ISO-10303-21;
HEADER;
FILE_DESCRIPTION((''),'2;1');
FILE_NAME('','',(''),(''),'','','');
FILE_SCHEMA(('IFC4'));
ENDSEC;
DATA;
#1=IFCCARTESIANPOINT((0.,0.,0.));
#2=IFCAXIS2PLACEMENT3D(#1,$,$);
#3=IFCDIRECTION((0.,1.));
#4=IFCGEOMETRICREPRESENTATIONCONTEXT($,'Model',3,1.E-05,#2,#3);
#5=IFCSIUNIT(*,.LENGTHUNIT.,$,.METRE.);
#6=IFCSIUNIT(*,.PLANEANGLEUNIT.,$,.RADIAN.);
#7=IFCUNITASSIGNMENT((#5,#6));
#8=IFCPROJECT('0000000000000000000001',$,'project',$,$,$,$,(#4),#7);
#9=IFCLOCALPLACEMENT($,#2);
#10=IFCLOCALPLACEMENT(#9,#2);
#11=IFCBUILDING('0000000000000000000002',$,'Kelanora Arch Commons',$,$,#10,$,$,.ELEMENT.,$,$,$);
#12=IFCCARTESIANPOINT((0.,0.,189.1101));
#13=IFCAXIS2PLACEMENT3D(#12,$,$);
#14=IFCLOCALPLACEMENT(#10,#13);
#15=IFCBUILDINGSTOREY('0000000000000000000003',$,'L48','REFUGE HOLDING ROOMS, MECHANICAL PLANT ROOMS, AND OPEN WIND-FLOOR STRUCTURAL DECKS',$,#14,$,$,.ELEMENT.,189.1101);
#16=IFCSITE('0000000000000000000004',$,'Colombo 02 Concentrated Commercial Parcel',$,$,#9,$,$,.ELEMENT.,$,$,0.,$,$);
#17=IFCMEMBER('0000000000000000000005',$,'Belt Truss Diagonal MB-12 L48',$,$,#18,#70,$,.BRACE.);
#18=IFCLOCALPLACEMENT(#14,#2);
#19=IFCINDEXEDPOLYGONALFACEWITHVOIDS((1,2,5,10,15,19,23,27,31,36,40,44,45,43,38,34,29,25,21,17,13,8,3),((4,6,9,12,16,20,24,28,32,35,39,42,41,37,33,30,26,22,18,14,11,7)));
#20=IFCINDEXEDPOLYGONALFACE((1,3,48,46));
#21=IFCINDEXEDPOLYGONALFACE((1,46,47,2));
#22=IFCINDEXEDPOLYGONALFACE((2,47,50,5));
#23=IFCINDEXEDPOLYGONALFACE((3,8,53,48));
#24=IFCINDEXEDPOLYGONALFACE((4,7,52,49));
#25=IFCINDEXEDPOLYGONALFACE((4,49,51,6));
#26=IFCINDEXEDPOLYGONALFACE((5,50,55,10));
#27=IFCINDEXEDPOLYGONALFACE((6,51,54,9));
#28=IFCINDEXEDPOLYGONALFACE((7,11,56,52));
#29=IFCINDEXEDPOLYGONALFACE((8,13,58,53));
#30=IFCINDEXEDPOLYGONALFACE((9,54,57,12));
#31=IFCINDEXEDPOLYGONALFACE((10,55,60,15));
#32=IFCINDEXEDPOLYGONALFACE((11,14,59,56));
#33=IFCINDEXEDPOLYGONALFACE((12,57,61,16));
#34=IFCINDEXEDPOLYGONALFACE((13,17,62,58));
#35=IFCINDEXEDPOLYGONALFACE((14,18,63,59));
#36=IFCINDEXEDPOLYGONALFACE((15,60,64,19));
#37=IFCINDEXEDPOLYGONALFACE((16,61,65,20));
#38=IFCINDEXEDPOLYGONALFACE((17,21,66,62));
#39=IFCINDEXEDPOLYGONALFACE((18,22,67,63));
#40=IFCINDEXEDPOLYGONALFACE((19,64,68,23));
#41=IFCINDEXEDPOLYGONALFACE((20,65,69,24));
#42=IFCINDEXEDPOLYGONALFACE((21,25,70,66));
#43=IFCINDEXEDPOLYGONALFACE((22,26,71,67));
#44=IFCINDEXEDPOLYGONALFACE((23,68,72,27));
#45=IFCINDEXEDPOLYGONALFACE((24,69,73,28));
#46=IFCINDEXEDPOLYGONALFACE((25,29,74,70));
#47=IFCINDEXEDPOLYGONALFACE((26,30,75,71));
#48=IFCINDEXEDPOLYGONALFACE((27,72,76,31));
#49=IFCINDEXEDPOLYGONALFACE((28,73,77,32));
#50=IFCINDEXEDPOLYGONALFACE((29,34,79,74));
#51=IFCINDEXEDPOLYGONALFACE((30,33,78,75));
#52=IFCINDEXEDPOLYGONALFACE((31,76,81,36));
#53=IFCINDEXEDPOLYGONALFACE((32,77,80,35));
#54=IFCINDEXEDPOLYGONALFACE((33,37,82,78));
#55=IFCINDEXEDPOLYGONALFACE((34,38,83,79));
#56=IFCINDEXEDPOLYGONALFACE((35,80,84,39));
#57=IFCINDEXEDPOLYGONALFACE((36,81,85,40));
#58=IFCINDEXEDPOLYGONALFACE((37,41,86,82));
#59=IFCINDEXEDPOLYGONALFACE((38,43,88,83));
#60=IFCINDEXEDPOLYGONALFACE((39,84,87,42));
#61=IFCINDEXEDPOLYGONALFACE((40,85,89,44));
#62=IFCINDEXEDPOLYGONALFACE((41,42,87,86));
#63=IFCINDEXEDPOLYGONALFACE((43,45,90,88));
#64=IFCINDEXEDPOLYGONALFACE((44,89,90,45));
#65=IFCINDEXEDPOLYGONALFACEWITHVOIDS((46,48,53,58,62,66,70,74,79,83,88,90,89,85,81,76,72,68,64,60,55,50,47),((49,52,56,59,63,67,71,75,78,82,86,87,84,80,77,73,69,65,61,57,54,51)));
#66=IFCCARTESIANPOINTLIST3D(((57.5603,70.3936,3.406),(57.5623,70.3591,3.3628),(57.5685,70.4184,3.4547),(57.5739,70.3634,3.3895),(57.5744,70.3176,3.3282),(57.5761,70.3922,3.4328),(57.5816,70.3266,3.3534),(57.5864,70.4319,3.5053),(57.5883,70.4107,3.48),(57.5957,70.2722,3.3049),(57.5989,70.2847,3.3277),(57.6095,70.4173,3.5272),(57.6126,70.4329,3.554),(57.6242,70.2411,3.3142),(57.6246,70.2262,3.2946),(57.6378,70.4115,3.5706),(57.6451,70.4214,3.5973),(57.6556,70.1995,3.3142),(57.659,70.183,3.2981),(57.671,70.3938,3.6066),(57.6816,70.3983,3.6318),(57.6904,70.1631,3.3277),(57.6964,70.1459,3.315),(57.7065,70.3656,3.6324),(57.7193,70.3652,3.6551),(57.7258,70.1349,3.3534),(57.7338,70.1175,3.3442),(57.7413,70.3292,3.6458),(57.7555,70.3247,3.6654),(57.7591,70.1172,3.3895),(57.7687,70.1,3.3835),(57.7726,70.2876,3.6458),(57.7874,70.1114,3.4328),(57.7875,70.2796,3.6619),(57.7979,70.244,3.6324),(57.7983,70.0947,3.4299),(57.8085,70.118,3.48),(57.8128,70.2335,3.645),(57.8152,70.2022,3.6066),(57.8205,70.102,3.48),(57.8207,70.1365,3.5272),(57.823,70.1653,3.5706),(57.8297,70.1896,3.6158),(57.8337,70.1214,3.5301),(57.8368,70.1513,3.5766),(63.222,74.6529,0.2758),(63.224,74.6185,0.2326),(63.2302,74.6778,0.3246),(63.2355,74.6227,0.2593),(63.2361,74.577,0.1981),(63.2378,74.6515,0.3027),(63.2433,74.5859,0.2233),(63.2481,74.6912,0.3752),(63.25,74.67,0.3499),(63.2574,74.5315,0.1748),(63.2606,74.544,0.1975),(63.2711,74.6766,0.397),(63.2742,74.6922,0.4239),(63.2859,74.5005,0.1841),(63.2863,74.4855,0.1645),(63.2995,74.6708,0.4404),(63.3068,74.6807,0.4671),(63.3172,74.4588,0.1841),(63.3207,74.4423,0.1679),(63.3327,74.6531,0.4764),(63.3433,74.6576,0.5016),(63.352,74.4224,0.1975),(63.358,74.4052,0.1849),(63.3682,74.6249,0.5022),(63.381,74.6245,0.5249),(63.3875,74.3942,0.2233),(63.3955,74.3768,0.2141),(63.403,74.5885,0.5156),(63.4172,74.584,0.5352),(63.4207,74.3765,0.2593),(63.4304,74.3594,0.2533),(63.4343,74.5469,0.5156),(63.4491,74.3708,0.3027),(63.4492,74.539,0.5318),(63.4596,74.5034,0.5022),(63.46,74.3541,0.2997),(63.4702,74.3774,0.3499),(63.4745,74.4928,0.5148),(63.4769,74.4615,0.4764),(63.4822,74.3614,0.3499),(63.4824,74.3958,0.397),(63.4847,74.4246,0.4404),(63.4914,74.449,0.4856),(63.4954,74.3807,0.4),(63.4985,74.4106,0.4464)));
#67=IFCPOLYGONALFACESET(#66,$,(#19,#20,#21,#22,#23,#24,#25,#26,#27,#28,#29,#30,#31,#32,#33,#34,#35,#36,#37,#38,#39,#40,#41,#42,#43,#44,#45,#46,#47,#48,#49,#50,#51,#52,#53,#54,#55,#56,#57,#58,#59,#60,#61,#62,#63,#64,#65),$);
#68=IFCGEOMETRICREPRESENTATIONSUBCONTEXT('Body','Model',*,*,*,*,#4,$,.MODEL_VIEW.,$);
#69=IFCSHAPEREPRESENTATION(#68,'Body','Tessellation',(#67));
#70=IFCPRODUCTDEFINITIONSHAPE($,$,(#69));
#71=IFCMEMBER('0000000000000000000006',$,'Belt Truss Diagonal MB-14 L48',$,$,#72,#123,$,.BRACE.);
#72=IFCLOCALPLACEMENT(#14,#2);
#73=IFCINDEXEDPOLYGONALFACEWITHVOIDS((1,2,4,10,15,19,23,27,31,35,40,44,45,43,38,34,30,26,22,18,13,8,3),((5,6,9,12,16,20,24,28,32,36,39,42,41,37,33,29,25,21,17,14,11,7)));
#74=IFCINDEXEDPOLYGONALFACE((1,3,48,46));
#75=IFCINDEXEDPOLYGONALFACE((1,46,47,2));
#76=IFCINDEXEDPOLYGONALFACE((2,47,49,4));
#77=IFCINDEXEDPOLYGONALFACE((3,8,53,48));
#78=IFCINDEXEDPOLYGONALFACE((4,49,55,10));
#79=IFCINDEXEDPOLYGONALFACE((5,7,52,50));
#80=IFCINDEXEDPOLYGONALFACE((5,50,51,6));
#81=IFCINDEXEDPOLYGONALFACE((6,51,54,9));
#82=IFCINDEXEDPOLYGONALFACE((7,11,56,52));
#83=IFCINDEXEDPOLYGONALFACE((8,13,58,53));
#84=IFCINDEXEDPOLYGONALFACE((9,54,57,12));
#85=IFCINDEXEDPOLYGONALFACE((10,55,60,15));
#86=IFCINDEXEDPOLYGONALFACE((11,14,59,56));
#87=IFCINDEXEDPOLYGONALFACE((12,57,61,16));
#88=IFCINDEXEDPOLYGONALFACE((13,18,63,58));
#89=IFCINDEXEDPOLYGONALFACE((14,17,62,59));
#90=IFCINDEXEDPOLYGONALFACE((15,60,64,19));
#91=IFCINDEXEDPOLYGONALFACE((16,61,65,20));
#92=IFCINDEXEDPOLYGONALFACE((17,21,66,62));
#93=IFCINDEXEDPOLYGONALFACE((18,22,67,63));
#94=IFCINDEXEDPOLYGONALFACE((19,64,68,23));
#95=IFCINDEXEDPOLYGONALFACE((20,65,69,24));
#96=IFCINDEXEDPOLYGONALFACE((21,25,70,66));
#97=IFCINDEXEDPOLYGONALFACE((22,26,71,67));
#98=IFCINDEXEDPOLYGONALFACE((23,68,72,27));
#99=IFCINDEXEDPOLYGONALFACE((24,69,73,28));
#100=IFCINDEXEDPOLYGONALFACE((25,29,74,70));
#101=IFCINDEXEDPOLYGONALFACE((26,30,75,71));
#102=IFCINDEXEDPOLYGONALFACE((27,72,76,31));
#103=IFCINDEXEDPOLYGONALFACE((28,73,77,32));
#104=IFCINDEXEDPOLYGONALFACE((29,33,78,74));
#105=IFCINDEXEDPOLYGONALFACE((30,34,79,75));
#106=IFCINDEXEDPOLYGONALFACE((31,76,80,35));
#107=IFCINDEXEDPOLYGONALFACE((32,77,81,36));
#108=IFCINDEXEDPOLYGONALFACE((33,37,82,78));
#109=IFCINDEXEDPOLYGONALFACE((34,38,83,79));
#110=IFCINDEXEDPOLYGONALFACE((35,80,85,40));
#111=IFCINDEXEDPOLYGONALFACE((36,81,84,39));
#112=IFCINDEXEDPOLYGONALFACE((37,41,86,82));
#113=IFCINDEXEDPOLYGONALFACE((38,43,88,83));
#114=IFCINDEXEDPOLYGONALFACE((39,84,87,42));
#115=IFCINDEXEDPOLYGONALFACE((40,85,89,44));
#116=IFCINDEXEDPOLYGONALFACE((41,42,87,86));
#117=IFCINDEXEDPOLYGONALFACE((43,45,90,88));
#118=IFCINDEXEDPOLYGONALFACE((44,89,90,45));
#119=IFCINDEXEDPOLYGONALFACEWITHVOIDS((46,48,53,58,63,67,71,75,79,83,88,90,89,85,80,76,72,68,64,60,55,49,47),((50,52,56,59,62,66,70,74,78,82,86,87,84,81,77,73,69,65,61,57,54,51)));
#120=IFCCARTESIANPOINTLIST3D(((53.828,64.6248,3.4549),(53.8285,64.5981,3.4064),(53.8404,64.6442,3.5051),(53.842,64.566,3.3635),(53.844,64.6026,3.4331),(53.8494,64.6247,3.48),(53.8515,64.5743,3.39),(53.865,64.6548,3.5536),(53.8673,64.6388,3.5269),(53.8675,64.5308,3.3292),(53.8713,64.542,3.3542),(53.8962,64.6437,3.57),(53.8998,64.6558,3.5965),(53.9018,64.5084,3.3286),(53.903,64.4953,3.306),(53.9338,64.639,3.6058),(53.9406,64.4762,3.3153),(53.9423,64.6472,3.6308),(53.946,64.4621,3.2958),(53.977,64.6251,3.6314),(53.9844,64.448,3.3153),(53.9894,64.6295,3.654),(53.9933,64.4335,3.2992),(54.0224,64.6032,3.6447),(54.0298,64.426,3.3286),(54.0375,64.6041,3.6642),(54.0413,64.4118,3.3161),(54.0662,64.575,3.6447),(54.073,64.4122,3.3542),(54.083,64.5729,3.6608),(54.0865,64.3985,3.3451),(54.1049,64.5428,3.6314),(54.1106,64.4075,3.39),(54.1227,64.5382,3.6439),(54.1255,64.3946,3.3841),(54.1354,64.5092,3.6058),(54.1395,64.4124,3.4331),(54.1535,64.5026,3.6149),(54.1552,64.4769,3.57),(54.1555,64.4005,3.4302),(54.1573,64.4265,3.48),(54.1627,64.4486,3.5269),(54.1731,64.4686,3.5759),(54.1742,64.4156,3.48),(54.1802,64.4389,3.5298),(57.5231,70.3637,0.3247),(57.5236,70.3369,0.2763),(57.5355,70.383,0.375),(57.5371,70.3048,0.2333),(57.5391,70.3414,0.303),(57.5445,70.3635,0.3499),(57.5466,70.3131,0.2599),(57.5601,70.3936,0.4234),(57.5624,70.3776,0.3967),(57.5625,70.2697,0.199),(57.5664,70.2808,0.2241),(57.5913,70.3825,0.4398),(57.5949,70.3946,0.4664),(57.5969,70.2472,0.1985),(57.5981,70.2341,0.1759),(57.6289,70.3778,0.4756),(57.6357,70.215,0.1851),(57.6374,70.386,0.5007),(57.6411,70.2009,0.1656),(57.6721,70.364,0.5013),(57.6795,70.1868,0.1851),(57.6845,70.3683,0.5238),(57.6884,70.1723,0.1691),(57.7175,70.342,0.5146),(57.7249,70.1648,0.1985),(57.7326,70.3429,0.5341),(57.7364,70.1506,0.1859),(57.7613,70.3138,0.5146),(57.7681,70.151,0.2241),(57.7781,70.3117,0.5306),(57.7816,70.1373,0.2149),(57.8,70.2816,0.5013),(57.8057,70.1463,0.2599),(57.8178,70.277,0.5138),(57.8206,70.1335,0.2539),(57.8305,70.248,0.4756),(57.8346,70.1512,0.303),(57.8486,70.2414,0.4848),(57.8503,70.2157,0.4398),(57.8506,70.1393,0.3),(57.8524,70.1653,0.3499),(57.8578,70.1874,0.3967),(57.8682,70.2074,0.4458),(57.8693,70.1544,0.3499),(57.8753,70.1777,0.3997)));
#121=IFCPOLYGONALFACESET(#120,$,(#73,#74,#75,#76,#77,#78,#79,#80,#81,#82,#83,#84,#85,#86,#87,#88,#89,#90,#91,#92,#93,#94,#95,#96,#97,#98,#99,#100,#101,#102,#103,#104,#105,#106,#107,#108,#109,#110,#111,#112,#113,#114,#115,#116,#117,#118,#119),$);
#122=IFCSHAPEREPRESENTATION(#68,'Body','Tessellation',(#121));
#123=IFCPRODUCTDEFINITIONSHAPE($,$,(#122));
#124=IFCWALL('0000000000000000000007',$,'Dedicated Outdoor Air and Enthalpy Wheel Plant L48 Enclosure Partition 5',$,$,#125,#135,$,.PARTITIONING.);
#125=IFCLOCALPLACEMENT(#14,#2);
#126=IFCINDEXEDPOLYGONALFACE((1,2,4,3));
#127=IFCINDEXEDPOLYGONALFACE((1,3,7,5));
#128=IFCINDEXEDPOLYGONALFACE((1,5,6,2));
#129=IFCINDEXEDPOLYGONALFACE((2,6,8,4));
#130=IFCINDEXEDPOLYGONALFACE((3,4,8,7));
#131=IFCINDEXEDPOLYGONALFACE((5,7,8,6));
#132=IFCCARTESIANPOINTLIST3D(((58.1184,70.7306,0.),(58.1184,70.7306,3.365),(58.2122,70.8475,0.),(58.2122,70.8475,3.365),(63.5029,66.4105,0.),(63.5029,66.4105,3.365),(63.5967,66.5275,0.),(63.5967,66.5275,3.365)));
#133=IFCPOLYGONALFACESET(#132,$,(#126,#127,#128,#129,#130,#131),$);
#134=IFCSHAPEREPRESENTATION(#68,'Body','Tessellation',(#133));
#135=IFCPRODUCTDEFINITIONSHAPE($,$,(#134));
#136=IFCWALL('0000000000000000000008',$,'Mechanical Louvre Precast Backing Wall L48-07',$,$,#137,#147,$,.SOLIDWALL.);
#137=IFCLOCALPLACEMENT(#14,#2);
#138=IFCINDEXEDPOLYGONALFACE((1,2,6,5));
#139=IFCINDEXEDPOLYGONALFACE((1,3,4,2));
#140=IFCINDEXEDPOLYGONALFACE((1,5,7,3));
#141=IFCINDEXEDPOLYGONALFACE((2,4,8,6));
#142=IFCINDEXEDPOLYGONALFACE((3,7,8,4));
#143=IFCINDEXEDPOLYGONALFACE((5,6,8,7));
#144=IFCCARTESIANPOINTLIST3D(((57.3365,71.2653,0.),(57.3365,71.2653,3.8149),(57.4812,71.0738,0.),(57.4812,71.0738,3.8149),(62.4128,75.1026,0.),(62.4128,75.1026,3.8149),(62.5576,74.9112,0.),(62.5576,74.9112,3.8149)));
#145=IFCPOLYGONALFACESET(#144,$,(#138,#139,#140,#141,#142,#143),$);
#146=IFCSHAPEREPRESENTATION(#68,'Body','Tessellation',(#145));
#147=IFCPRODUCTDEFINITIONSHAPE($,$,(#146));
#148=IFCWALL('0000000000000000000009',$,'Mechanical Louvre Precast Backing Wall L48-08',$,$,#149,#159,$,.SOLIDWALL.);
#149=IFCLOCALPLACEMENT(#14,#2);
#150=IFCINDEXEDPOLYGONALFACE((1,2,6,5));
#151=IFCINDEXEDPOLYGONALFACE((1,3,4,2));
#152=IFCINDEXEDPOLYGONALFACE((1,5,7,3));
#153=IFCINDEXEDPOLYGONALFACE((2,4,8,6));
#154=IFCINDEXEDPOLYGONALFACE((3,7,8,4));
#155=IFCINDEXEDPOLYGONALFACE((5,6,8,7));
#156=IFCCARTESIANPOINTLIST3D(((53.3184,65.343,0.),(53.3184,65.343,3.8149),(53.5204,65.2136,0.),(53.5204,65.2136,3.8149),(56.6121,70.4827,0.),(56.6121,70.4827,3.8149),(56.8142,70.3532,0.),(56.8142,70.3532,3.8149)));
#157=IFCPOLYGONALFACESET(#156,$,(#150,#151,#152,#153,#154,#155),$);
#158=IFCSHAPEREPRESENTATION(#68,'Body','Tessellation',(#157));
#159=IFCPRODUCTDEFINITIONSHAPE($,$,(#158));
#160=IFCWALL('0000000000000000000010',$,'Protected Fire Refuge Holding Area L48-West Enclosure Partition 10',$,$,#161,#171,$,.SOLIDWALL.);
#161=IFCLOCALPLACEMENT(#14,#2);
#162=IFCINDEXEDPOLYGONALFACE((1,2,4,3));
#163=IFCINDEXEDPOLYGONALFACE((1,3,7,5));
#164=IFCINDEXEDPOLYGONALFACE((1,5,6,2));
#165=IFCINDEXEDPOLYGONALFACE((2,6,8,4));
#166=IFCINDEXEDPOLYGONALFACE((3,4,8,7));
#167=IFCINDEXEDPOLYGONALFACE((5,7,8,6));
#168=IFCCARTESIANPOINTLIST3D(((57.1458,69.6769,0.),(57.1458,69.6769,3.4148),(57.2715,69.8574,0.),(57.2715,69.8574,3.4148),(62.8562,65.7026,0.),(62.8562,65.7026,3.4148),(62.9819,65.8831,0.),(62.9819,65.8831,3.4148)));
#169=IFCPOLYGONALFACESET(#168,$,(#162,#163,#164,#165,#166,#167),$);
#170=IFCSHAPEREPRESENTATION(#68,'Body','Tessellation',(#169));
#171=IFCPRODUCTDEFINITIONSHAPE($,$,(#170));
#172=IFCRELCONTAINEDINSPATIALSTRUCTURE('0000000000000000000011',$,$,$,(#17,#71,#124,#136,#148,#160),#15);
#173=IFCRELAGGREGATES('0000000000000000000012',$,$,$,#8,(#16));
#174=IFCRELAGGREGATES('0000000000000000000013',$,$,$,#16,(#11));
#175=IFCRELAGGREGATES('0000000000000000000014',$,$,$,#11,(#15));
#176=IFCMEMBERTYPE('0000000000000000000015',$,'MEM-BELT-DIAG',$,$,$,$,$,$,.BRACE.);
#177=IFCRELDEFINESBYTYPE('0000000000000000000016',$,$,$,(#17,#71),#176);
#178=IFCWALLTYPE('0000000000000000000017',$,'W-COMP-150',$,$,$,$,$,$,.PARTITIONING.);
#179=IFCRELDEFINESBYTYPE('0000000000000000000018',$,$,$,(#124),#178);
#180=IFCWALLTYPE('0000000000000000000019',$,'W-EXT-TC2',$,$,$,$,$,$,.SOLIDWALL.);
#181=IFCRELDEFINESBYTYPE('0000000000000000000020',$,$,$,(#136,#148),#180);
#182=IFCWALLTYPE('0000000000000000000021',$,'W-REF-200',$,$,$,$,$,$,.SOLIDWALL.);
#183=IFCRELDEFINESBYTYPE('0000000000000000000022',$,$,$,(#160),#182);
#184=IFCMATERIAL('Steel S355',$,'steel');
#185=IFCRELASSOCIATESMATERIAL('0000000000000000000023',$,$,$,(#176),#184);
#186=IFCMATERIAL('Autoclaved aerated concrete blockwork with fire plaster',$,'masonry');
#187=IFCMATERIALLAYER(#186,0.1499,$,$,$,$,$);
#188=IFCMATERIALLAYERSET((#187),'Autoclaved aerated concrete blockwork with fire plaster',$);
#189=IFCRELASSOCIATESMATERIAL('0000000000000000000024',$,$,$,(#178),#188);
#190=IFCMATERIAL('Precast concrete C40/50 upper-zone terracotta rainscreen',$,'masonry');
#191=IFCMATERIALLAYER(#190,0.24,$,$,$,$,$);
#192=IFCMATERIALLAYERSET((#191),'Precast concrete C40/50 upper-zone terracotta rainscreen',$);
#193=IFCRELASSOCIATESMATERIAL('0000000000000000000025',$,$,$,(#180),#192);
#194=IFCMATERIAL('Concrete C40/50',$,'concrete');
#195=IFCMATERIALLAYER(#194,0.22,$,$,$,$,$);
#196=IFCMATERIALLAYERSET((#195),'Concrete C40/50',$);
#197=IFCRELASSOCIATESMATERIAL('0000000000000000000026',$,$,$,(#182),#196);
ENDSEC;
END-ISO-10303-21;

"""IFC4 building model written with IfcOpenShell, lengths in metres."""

from ifc_helpers import new_model, si_unit, direction, frame, frame_2d, origin, origin_2d, place, context, subcontext, project, spatial, rectangle, hollow_circle, extrude, material, layer, layer_set, material_profile, profile_set, type_object, element, save


model = new_model("IFC4")

# Units and contexts
model_context = context("Model", 3, precision=1e-05, world=origin(), true_north=direction((0.0, 1.0)))
body_context = subcontext(model_context, "Body", "Model", "MODEL_VIEW")
ifc_project = project(units=[si_unit("LENGTHUNIT", "METRE"), si_unit("PLANEANGLEUNIT", "RADIAN")], contexts=[model_context])

# Site, building, storey
site_placement = place(None, origin())
site = spatial("IfcSite", under=ifc_project, at=site_placement, Name="Colombo 02 Concentrated Commercial Parcel", CompositionType="ELEMENT", RefElevation=0.0)
building_placement = place(site_placement, origin())
building = spatial("IfcBuilding", under=site, at=building_placement, Name="Kelanora Arch Commons", CompositionType="ELEMENT")
storey_placement = place(building_placement, frame((0.0, 0.0, 189.1101)))
storey = spatial("IfcBuildingStorey", under=building, at=storey_placement, Name="L48", Description="REFUGE HOLDING ROOMS, MECHANICAL PLANT ROOMS, AND OPEN WIND-FLOOR STRUCTURAL DECKS", CompositionType="ELEMENT", Elevation=189.1101)

# Shared definitions
ifc_material_1 = material(Name="Steel S355", Category="steel")

# Members
ifc_material_profile_1 = material_profile(ifc_material_1, hollow_circle(Radius=0.2031, WallThickness=0.02, at=origin_2d()), Name="CHS406.4x20")
ifc_profile_set_1 = profile_set([ifc_material_profile_1], Name="Steel S355")
member_type = type_object("IfcMemberType", Name="MEM-BELT-DIAG", PredefinedType="BRACE", material=ifc_profile_set_1)
member_1_placement = place(storey_placement, frame((63.3601, 74.5237, 0.3499), z_axis=(-0.730954, -0.549902, 0.404121), x_axis=(0.601179, -0.799114, 0.0)))
element("IfcMember", 1, at=member_1_placement, inside=storey, type_object=member_type, Name="Belt Truss Diagonal MB-12 L48", PredefinedType="BRACE", context=body_context, shape_type="SweptSolid", body=[
    extrude(hollow_circle(Radius=0.2031, WallThickness=0.02, at=origin_2d()), origin(), (0.0, 0.0, 1.0), 7.7456),
])
member_2_placement = place(storey_placement, frame((57.6985, 70.2644, 0.3499), z_axis=(-0.492087, -0.764255, 0.416851), x_axis=(0.840788, -0.541365, 0.0)))
element("IfcMember", 2, at=member_2_placement, inside=storey, type_object=member_type, Name="Belt Truss Diagonal MB-14 L48", PredefinedType="BRACE", context=body_context, shape_type="SweptSolid", body=[
    extrude(hollow_circle(Radius=0.2031, WallThickness=0.02, at=origin_2d()), origin(), (0.0, 0.0, 1.0), 7.509),
])

# Walls
ifc_material_2 = material(Name="Autoclaved aerated concrete blockwork with fire plaster", Category="masonry")
ifc_layer_1 = layer(ifc_material_2, 0.1499)
ifc_layer_set_1 = layer_set([ifc_layer_1], Name="Autoclaved aerated concrete blockwork with fire plaster")
wall_type_1 = type_object("IfcWallType", Name="W-COMP-150", PredefinedType="PARTITIONING", material=ifc_layer_set_1)
wall_1_placement = place(storey_placement, frame((63.5498, 66.469, 0.0), z_axis=(0.0, 0.0, 1.0), x_axis=(-0.779988, 0.625794, 0.0)))
element("IfcWall", 3, at=wall_1_placement, inside=storey, type_object=wall_type_1, Name="Dedicated Outdoor Air and Enthalpy Wheel Plant L48 Enclosure Partition 5", PredefinedType="PARTITIONING", context=body_context, shape_type="SweptSolid", body=[
    extrude(rectangle(XDim=6.9033, YDim=0.1499, at=frame_2d((3.4517, 0.0))), origin(), (0.0, 0.0, 1.0), 3.365),
])
ifc_material_3 = material(Name="Precast concrete C40/50 upper-zone terracotta rainscreen", Category="masonry")
ifc_layer_2 = layer(ifc_material_3, 0.24)
ifc_layer_set_2 = layer_set([ifc_layer_2], Name="Precast concrete C40/50 upper-zone terracotta rainscreen")
wall_type_2 = type_object("IfcWallType", Name="W-EXT-TC2", PredefinedType="SOLIDWALL", material=ifc_layer_set_2)
wall_2_placement = place(storey_placement, frame((62.4851, 75.0068, 0.0), z_axis=(0.0, 0.0, 1.0), x_axis=(-0.797725, -0.603022, 0.0)))
element("IfcWall", 4, at=wall_2_placement, inside=storey, type_object=wall_type_2, Name="Mechanical Louvre Precast Backing Wall L48-07", PredefinedType="SOLIDWALL", context=body_context, shape_type="SweptSolid", body=[
    extrude(rectangle(XDim=6.3635, YDim=0.24, at=frame_2d((3.1816, 0.0))), origin(), (0.0, 0.0, 1.0), 3.8149),
])
wall_3_placement = place(storey_placement, frame((56.7131, 70.418, 0.0), z_axis=(0.0, 0.0, 1.0), x_axis=(-0.539556, -0.841949, 0.0)))
element("IfcWall", 5, at=wall_3_placement, inside=storey, type_object=wall_type_2, Name="Mechanical Louvre Precast Backing Wall L48-08", PredefinedType="SOLIDWALL", context=body_context, shape_type="SweptSolid", body=[
    extrude(rectangle(XDim=6.1045, YDim=0.24, at=frame_2d((3.0522, 0.0))), origin(), (0.0, 0.0, 1.0), 3.8149),
])
ifc_material_4 = material(Name="Concrete C40/50", Category="concrete")
ifc_layer_3 = layer(ifc_material_4, 0.22)
ifc_layer_set_3 = layer_set([ifc_layer_3], Name="Concrete C40/50")
wall_type_3 = type_object("IfcWallType", Name="W-REF-200", PredefinedType="SOLIDWALL", material=ifc_layer_set_3)
wall_4_placement = place(storey_placement, frame((57.2087, 69.7671, 0.0), z_axis=(0.0, 0.0, 1.0), x_axis=(0.820779, -0.571246, 0.0)))
element("IfcWall", 6, at=wall_4_placement, inside=storey, type_object=wall_type_3, Name="Protected Fire Refuge Holding Area L48-West Enclosure Partition 10", PredefinedType="SOLIDWALL", context=body_context, shape_type="SweptSolid", body=[
    extrude(rectangle(XDim=6.9573, YDim=0.22, at=frame_2d((3.4785, 0.0))), origin(), (0.0, 0.0, 1.0), 3.4148),
])

save(model, "model.ifc")
